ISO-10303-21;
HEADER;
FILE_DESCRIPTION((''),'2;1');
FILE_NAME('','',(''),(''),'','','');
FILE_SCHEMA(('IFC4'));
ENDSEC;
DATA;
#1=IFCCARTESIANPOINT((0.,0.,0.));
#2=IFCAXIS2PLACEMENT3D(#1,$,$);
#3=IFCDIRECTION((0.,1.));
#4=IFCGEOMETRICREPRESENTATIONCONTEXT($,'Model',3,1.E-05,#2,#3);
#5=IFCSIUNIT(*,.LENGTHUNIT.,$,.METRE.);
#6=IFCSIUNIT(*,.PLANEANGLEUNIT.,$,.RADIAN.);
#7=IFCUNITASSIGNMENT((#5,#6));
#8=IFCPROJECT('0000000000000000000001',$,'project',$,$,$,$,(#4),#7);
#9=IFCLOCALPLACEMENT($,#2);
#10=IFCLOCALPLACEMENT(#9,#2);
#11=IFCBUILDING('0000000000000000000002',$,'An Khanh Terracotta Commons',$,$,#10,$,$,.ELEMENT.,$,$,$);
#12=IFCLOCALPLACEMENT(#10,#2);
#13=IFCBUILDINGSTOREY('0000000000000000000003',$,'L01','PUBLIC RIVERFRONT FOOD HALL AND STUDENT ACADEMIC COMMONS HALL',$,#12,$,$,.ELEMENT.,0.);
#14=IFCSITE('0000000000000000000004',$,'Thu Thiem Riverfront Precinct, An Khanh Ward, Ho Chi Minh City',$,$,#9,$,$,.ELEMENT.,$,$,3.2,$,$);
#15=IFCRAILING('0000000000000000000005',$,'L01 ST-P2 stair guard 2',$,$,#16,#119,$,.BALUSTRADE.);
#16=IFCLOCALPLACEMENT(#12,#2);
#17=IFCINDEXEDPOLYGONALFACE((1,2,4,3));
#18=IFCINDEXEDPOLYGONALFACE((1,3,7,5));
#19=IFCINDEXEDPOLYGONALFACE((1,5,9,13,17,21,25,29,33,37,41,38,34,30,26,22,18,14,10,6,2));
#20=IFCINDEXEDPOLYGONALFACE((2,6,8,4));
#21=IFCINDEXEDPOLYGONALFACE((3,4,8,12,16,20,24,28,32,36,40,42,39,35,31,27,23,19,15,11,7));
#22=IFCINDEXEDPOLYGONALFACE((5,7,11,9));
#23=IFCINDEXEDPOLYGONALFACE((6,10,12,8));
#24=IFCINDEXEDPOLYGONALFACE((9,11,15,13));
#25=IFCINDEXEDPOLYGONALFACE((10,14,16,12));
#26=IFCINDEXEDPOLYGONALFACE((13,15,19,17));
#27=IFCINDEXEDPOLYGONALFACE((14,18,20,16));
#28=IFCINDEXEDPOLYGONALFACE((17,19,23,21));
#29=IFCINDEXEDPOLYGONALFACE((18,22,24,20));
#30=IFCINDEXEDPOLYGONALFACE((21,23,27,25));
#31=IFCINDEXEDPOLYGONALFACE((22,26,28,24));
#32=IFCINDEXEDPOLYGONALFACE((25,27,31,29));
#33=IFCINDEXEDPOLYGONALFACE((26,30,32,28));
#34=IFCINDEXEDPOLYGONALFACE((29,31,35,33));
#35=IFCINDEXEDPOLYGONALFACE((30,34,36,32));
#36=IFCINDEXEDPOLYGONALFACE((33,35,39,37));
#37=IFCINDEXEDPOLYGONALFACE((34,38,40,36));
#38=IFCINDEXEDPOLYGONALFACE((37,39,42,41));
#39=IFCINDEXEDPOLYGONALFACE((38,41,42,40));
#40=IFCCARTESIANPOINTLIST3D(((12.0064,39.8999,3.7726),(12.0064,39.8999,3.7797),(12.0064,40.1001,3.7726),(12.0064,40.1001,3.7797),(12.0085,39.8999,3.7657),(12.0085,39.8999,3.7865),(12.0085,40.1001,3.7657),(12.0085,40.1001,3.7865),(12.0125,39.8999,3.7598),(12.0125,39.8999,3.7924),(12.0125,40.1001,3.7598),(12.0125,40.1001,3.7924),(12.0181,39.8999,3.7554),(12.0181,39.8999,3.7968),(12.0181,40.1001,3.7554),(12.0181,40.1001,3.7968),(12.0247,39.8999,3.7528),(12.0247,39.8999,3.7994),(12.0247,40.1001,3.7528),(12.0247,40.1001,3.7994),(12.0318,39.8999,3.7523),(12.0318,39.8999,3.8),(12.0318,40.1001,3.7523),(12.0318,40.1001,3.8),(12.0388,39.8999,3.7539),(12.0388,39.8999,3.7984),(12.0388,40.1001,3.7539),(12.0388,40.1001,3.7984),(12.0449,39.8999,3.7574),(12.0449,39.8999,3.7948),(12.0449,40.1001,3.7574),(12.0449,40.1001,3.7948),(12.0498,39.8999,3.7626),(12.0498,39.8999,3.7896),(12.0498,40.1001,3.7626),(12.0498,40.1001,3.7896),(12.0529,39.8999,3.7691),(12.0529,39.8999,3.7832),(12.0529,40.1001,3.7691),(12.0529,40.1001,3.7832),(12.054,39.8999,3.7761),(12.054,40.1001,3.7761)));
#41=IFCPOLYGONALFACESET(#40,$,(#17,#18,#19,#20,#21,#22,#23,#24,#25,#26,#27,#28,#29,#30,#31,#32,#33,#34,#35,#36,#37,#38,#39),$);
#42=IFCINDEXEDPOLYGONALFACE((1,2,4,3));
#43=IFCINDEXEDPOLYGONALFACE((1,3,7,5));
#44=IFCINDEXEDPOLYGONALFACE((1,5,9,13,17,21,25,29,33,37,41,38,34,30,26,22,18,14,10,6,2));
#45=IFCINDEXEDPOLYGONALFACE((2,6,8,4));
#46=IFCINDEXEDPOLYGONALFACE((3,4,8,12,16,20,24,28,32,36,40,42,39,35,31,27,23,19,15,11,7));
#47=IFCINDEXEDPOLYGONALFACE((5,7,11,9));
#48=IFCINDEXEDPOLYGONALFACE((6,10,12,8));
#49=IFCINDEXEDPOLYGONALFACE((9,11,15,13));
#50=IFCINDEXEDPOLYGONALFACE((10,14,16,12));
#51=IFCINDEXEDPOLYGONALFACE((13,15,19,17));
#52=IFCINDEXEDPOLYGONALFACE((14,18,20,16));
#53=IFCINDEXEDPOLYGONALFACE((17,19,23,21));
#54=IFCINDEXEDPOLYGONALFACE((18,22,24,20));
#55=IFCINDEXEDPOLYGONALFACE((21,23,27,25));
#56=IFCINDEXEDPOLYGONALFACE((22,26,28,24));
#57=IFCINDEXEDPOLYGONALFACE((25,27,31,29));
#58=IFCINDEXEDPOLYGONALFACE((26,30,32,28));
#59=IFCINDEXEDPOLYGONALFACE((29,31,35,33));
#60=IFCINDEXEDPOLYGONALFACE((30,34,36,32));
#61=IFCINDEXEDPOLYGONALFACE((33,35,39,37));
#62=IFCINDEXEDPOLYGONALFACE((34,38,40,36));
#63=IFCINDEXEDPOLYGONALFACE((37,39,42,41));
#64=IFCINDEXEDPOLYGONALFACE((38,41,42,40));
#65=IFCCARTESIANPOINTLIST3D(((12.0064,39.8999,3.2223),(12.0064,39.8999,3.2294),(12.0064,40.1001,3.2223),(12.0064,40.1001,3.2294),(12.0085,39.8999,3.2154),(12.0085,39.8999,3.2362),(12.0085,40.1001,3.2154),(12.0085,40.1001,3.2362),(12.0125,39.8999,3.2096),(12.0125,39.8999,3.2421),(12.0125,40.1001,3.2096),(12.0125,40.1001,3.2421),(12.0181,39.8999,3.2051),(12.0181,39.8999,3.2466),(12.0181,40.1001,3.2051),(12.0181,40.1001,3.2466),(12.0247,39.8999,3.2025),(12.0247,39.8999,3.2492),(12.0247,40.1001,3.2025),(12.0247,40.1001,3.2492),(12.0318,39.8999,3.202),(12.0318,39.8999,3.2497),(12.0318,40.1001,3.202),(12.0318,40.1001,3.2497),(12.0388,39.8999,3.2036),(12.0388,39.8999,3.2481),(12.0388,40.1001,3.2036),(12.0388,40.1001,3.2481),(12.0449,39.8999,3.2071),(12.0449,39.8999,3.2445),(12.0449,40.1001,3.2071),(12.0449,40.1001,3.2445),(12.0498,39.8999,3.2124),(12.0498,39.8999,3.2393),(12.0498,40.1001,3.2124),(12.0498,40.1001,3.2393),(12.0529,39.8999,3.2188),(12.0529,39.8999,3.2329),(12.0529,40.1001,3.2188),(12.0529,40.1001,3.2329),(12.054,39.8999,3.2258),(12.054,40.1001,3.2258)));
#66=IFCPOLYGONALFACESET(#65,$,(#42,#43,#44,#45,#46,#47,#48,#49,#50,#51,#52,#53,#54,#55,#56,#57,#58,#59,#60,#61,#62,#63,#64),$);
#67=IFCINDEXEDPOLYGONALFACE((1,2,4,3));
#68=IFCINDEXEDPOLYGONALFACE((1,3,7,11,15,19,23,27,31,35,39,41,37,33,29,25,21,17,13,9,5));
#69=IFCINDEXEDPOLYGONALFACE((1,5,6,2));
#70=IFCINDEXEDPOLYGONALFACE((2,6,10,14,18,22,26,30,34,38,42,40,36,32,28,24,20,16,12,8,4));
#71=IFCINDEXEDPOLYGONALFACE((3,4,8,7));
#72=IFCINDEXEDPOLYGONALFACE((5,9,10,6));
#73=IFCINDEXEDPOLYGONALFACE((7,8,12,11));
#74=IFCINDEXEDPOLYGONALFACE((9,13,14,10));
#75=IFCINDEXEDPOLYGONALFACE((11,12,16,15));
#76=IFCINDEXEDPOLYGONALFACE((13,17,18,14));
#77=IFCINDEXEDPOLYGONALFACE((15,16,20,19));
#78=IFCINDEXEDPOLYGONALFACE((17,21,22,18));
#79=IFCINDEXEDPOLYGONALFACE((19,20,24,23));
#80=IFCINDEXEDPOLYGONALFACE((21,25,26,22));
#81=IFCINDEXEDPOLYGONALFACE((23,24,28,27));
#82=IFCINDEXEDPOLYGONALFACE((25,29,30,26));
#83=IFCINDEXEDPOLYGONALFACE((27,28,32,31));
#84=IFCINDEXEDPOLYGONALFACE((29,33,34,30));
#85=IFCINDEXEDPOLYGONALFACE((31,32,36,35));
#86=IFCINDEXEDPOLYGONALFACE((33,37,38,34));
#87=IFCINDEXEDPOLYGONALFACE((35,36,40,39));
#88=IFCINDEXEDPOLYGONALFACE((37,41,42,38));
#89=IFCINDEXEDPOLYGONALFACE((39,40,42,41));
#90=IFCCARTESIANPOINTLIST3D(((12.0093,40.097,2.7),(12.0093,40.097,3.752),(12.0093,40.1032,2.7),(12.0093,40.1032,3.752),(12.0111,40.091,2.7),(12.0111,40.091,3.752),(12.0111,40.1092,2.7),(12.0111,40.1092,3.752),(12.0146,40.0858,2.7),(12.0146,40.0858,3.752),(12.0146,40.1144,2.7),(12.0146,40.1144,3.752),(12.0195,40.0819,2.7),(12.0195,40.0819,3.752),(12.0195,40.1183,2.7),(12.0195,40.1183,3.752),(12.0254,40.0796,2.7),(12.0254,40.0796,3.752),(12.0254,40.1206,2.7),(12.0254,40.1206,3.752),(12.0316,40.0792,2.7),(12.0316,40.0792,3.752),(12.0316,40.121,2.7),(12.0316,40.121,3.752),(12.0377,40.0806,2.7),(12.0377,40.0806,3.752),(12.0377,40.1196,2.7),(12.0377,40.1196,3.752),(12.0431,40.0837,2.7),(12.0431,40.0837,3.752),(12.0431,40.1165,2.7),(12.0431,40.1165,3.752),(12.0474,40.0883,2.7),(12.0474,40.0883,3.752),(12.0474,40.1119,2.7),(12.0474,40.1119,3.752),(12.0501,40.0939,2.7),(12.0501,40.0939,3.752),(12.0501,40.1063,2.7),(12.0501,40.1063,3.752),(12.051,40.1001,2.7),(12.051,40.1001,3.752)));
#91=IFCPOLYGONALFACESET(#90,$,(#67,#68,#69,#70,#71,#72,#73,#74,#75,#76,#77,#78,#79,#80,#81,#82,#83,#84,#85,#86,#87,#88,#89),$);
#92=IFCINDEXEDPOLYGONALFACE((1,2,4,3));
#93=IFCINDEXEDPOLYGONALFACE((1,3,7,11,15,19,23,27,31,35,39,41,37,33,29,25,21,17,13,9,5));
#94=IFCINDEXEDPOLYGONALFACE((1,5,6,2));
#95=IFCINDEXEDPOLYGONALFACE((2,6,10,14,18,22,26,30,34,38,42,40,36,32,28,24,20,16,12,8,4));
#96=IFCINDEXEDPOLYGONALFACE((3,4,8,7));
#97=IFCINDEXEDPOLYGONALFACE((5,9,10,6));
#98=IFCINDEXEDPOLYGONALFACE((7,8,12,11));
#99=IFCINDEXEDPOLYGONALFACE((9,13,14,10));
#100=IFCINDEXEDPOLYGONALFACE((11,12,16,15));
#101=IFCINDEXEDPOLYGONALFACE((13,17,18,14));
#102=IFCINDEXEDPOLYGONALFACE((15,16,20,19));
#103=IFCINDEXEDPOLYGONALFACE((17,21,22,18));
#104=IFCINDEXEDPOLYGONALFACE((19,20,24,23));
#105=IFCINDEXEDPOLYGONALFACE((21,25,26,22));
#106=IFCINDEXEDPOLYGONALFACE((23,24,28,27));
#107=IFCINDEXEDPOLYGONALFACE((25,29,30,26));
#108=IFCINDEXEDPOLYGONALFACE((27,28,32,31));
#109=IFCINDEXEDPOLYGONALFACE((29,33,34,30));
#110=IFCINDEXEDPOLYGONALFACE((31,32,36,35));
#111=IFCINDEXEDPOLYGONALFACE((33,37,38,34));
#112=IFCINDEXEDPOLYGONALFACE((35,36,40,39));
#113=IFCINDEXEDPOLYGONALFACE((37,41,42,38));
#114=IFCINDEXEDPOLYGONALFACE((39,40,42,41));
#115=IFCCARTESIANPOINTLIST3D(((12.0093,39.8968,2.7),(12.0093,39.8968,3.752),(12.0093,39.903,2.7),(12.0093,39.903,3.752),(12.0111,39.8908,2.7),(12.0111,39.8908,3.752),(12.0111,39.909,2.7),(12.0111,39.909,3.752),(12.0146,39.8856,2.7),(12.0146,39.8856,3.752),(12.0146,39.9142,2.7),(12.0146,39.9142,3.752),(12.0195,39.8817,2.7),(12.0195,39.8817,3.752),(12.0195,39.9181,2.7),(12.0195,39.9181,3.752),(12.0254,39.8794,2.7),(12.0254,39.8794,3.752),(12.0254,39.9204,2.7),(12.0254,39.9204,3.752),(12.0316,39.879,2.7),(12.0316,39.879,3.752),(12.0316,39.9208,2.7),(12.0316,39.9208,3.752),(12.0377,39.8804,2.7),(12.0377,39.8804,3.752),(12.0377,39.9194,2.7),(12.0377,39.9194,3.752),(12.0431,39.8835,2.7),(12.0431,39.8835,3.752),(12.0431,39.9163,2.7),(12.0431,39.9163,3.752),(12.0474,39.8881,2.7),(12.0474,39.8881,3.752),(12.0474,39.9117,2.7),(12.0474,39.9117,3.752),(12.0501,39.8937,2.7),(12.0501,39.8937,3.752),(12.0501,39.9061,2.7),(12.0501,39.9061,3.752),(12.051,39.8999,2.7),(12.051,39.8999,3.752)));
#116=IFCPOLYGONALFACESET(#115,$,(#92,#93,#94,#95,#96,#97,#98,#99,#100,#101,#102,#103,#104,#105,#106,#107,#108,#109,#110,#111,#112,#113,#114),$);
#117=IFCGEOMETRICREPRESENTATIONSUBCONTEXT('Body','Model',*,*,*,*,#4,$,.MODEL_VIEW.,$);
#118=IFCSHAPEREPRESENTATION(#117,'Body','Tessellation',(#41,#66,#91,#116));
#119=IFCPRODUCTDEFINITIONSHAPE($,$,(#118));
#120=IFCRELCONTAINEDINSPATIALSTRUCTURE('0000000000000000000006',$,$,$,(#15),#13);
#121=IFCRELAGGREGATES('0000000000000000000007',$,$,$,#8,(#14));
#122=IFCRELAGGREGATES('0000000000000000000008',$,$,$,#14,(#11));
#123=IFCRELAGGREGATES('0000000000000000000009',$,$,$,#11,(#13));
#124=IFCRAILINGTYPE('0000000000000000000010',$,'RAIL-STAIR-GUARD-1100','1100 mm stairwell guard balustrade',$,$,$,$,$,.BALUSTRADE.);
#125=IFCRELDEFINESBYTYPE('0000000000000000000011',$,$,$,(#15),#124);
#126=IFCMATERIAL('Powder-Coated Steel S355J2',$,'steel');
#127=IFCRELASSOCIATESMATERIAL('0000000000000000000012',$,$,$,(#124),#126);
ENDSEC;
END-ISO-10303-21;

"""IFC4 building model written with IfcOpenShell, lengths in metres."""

from ifc_helpers import new_model, si_unit, direction, frame, origin, origin_2d, place, context, subcontext, project, spatial, circle, extrude, material, type_object, element, save


model = new_model("IFC4")

# Units and contexts
model_context = context("Model", 3, precision=1e-05, world=origin(), true_north=direction((0.0, 1.0)))
body_context = subcontext(model_context, "Body", "Model", "MODEL_VIEW")
ifc_project = project(units=[si_unit("LENGTHUNIT", "METRE"), si_unit("PLANEANGLEUNIT", "RADIAN")], contexts=[model_context])

# Site, building, storey
site_placement = place(None, origin())
site = spatial("IfcSite", under=ifc_project, at=site_placement, Name="Thu Thiem Riverfront Precinct, An Khanh Ward, Ho Chi Minh City", CompositionType="ELEMENT", RefElevation=3.2)
building_placement = place(site_placement, origin())
building = spatial("IfcBuilding", under=site, at=building_placement, Name="An Khanh Terracotta Commons", CompositionType="ELEMENT")
storey_placement = place(building_placement, origin())
storey = spatial("IfcBuildingStorey", under=building, at=storey_placement, Name="L01", Description="PUBLIC RIVERFRONT FOOD HALL AND STUDENT ACADEMIC COMMONS HALL", CompositionType="ELEMENT", Elevation=0.0)

# Railing
ifc_material_1 = material(Name="Powder-Coated Steel S355J2", Category="steel")
railing_type_1 = type_object("IfcRailingType", Name="RAIL-STAIR-GUARD-1100", Description="1100 mm stairwell guard balustrade", PredefinedType="BALUSTRADE", material=ifc_material_1)
railing_1_placement = place(storey_placement, frame((12.03, 40.1001, 2.7)))
element("IfcRailing", 1, at=railing_1_placement, inside=storey, type_object=railing_type_1, Name="L01 ST-P2 stair guard 2", PredefinedType="BALUSTRADE", context=body_context, shape_type="SweptSolid", body=[
    extrude(circle(Radius=0.0239, at=origin_2d()), frame((0.0, 0.0, 1.0762), z_axis=(0.0, -1.0, 0.0), x_axis=(1.0, 0.0, 0.0)), (0.0, 0.0, 1.0), 0.2002),
    extrude(circle(Radius=0.0239, at=origin_2d()), frame((0.0, 0.0, 0.5259), z_axis=(0.0, -1.0, 0.0), x_axis=(1.0, 0.0, 0.0)), (0.0, 0.0, 1.0), 0.2002),
    extrude(circle(Radius=0.021, at=origin_2d()), origin(), (0.0, 0.0, 1.0), 1.052),
    extrude(circle(Radius=0.021, at=origin_2d()), frame((0.0, -0.2002, 0.0)), (0.0, 0.0, 1.0), 1.052),
])

save(model, "model.ifc")
